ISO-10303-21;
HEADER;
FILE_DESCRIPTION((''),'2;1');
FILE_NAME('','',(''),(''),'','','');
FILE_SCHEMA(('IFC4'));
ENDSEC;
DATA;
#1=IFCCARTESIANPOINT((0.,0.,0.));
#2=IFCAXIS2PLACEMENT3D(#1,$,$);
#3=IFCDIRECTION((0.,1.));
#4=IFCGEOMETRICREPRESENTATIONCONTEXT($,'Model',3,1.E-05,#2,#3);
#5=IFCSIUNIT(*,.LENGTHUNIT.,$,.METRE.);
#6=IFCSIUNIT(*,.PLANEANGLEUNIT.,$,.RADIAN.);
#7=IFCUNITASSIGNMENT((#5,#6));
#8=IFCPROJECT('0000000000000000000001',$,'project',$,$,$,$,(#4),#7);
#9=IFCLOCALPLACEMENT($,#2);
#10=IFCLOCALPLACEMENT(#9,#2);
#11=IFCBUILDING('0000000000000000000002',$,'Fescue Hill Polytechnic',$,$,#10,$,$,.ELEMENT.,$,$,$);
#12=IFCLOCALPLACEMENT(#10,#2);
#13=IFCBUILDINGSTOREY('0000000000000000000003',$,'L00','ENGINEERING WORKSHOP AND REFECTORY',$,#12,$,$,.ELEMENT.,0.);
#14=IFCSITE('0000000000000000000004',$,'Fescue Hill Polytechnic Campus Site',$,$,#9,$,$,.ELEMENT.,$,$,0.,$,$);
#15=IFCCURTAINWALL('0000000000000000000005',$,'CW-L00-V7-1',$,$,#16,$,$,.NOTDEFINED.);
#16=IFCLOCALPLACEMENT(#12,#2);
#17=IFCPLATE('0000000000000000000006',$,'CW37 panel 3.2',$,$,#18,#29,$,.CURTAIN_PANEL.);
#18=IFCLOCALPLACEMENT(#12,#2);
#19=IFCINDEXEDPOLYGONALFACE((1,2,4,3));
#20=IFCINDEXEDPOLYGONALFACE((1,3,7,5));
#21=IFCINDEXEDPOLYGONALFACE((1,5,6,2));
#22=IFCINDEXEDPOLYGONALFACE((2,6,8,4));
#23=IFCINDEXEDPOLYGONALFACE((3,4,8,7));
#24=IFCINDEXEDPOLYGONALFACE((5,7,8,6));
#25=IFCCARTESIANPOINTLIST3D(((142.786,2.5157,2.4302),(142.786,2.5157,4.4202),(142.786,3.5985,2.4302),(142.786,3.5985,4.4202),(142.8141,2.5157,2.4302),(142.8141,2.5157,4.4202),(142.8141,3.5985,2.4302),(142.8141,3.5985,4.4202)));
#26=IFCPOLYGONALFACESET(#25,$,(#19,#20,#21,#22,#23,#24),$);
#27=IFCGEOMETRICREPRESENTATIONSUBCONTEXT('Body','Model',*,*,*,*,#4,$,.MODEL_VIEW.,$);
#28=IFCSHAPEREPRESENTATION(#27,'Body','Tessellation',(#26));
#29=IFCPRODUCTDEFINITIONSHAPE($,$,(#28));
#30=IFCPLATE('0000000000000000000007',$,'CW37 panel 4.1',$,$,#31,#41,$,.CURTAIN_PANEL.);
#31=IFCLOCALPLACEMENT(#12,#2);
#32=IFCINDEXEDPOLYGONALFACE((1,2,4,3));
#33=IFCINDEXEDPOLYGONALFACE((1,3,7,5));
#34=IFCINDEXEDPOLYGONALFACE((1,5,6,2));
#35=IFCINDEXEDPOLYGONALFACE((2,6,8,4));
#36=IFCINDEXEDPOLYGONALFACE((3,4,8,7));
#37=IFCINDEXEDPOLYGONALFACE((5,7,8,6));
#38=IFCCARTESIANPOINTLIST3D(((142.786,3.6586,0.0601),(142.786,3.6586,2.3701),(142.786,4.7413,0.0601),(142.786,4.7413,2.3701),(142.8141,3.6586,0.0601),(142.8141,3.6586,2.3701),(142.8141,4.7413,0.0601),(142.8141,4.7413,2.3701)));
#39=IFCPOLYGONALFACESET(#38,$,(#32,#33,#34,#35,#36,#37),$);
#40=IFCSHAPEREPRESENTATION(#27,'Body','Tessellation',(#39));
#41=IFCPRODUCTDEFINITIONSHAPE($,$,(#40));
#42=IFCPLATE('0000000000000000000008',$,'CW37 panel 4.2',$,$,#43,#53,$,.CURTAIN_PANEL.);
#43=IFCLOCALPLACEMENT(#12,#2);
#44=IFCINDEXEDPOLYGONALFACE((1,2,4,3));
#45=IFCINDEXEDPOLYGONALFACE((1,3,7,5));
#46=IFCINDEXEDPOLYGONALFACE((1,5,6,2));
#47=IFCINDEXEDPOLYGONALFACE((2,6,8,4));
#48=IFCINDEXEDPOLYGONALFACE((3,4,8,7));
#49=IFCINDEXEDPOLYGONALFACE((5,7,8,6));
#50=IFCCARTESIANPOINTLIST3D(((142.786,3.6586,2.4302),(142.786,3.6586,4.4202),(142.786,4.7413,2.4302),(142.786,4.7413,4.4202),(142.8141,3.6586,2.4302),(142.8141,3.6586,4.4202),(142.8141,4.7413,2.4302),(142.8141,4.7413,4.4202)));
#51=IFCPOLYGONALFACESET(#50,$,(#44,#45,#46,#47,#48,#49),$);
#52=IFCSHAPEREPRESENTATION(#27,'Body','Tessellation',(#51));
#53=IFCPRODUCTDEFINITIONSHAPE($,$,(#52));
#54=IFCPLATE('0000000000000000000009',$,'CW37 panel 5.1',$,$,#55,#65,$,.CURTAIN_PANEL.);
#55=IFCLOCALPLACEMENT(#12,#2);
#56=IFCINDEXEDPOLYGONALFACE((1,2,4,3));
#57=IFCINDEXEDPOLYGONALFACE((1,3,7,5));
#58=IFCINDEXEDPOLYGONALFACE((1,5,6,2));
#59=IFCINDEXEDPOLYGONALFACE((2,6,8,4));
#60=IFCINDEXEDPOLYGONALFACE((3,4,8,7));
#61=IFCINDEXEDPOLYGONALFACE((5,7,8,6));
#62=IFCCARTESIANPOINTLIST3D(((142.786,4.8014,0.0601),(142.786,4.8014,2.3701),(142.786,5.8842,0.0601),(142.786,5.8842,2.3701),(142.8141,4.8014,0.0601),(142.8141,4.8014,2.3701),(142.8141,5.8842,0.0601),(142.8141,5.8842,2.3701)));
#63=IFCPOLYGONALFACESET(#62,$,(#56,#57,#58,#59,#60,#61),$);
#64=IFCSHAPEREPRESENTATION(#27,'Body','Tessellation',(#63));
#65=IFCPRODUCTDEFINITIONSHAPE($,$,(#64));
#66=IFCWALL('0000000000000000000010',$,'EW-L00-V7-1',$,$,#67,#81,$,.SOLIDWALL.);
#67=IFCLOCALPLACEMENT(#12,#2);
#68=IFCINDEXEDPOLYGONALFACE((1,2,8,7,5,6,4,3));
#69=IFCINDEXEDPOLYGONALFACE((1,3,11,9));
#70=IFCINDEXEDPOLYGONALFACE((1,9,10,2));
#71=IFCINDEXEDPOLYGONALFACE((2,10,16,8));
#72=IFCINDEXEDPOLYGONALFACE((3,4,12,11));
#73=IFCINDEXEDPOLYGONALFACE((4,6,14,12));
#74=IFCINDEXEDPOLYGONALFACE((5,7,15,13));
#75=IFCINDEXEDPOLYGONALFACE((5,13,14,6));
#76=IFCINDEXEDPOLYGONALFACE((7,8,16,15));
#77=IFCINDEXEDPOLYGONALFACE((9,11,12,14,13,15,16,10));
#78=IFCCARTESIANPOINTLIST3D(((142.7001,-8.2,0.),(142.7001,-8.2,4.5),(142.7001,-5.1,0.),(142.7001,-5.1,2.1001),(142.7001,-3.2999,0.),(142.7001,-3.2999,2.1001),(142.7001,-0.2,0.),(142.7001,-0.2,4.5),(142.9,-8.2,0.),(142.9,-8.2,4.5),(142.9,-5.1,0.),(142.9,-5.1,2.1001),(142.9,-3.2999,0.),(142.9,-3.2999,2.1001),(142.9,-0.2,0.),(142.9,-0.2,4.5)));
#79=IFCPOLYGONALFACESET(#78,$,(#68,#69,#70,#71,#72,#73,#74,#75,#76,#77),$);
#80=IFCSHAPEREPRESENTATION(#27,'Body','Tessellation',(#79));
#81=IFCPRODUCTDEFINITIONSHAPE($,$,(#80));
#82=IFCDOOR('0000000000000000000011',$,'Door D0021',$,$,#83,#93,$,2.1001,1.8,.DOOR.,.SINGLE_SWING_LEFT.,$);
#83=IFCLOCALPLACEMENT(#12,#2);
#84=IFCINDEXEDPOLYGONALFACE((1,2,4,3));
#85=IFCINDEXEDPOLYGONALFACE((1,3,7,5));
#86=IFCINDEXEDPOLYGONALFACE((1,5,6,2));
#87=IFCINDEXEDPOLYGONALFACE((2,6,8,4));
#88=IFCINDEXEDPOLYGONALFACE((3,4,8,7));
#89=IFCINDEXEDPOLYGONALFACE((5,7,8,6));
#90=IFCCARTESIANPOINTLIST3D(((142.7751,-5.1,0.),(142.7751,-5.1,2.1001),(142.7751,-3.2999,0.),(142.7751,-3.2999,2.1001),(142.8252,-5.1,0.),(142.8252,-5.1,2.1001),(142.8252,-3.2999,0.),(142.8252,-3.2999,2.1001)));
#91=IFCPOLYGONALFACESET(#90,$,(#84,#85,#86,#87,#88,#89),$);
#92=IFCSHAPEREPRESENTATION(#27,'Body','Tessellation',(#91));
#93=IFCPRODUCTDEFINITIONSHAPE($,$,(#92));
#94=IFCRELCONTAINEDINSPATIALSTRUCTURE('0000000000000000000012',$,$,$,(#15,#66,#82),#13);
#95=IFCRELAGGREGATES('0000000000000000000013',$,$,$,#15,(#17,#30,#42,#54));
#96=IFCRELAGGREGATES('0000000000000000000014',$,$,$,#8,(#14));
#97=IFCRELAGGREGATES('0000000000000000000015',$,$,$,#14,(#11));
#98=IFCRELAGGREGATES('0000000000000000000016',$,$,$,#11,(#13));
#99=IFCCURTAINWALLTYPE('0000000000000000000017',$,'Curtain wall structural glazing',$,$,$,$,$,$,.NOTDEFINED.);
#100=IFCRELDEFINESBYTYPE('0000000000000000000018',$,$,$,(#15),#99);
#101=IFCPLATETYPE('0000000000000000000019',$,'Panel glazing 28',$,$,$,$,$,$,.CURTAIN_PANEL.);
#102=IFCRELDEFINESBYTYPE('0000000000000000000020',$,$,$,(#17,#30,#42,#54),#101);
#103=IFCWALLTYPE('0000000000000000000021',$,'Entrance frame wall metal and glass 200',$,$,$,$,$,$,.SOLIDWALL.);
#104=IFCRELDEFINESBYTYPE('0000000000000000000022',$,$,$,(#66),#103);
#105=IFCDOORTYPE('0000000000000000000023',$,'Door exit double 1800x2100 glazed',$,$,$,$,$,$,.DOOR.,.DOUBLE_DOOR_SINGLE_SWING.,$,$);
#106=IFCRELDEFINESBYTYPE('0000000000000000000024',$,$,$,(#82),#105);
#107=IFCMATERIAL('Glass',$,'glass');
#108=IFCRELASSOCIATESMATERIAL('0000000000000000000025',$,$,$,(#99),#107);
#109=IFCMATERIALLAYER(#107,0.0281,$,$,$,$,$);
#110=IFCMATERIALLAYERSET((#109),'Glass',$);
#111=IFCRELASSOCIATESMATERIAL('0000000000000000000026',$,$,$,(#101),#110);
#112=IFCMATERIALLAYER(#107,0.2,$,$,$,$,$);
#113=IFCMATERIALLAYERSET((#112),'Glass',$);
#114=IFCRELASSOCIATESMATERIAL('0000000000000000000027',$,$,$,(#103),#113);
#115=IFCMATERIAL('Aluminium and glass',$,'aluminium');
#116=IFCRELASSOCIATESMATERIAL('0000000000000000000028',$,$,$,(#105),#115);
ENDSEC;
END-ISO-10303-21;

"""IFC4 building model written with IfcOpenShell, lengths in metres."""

from ifc_helpers import new_model, si_unit, direction, frame, frame_2d, origin, origin_2d, place, context, subcontext, project, spatial, rectangle, extrude, material, layer, layer_set, type_object, element, fill, aggregate, save


model = new_model("IFC4")

# Units and contexts
model_context = context("Model", 3, precision=1e-05, world=origin(), true_north=direction((0.0, 1.0)))
body_context = subcontext(model_context, "Body", "Model", "MODEL_VIEW")
ifc_project = project(units=[si_unit("LENGTHUNIT", "METRE"), si_unit("PLANEANGLEUNIT", "RADIAN")], contexts=[model_context])

# Site, building, storey
site_placement = place(None, origin())
site = spatial("IfcSite", under=ifc_project, at=site_placement, Name="Fescue Hill Polytechnic Campus Site", CompositionType="ELEMENT", RefElevation=0.0)
building_placement = place(site_placement, origin())
building = spatial("IfcBuilding", under=site, at=building_placement, Name="Fescue Hill Polytechnic", CompositionType="ELEMENT")
storey_placement = place(building_placement, origin())
storey = spatial("IfcBuildingStorey", under=building, at=storey_placement, Name="L00", Description="ENGINEERING WORKSHOP AND REFECTORY", CompositionType="ELEMENT", Elevation=0.0)

# Curtain wall
ifc_material_1 = material(Name="Glass", Category="glass")
curtain_wall_type_1 = type_object("IfcCurtainWallType", Name="Curtain wall structural glazing", PredefinedType="NOTDEFINED", material=ifc_material_1)
curtain_wall_1_placement = place(storey_placement, origin())
curtain_wall_1 = element("IfcCurtainWall", 1, at=curtain_wall_1_placement, inside=storey, type_object=curtain_wall_type_1, Name="CW-L00-V7-1", PredefinedType="NOTDEFINED")

# Plates
ifc_layer_1 = layer(ifc_material_1, 0.0281)
ifc_layer_set_1 = layer_set([ifc_layer_1], Name="Glass")
plate_type = type_object("IfcPlateType", Name="Panel glazing 28", PredefinedType="CURTAIN_PANEL", material=ifc_layer_set_1)
plate_1_placement = place(storey_placement, frame((142.8, 3.0571, 2.4302), z_axis=(0.0, 0.0, 1.0), x_axis=(0.0, 1.0, 0.0)))
plate_1 = element("IfcPlate", 2, at=plate_1_placement, type_object=plate_type, Name="CW37 panel 3.2", PredefinedType="CURTAIN_PANEL", context=body_context, shape_type="SweptSolid", body=[
    extrude(rectangle(XDim=1.0828, YDim=0.0281, at=origin_2d()), origin(), (0.0, 0.0, 1.0), 1.99),
])
plate_2_placement = place(storey_placement, frame((142.8, 4.2, 0.0601), z_axis=(0.0, 0.0, 1.0), x_axis=(0.0, 1.0, 0.0)))
plate_2 = element("IfcPlate", 3, at=plate_2_placement, type_object=plate_type, Name="CW37 panel 4.1", PredefinedType="CURTAIN_PANEL", context=body_context, shape_type="SweptSolid", body=[
    extrude(rectangle(XDim=1.0828, YDim=0.0281, at=origin_2d()), origin(), (0.0, 0.0, 1.0), 2.3101),
])
plate_3_placement = place(storey_placement, frame((142.8, 4.2, 2.4302), z_axis=(0.0, 0.0, 1.0), x_axis=(0.0, 1.0, 0.0)))
plate_3 = element("IfcPlate", 4, at=plate_3_placement, type_object=plate_type, Name="CW37 panel 4.2", PredefinedType="CURTAIN_PANEL", context=body_context, shape_type="SweptSolid", body=[
    extrude(rectangle(XDim=1.0828, YDim=0.0281, at=origin_2d()), origin(), (0.0, 0.0, 1.0), 1.99),
])
plate_4_placement = place(storey_placement, frame((142.8, 5.3428, 0.0601), z_axis=(0.0, 0.0, 1.0), x_axis=(0.0, 1.0, 0.0)))
plate_4 = element("IfcPlate", 5, at=plate_4_placement, type_object=plate_type, Name="CW37 panel 5.1", PredefinedType="CURTAIN_PANEL", context=body_context, shape_type="SweptSolid", body=[
    extrude(rectangle(XDim=1.0828, YDim=0.0281, at=origin_2d()), origin(), (0.0, 0.0, 1.0), 2.3101),
])
aggregate(curtain_wall_1, [plate_1, plate_2, plate_3, plate_4])

# Wall, opening, door
ifc_layer_2 = layer(ifc_material_1, 0.2)
ifc_layer_set_2 = layer_set([ifc_layer_2], Name="Glass")
wall_type = type_object("IfcWallType", Name="Entrance frame wall metal and glass 200", PredefinedType="SOLIDWALL", material=ifc_layer_set_2)
wall_placement = place(storey_placement, frame((142.8, -8.2, 0.0), z_axis=(0.0, 0.0, 1.0), x_axis=(0.0, 1.0, 0.0)))
wall = element("IfcWall", 6, at=wall_placement, inside=storey, type_object=wall_type, Name="EW-L00-V7-1", PredefinedType="SOLIDWALL", context=body_context, shape_type="SweptSolid", body=[
    extrude(rectangle(XDim=8.0, YDim=0.2, at=frame_2d((4.0, 0.0))), origin(), (0.0, 0.0, 1.0), 4.5),
])
opening_placement = place(wall_placement, frame((3.1001, 0.0, 0.0)))
opening = element("IfcOpeningElement", 7, at=opening_placement, cuts=wall, PredefinedType="OPENING", context=body_context, shape_type="SweptSolid", body=[
    extrude(rectangle(XDim=1.8, YDim=2.1001, at=frame_2d((0.8999, 1.05))), frame((0.0, 0.1099, 0.0), z_axis=(0.0, -1.0, 0.0), x_axis=(1.0, 0.0, 0.0)), (0.0, 0.0, 1.0), 0.22),
])
ifc_material_2 = material(Name="Aluminium and glass", Category="aluminium")
door_type = type_object("IfcDoorType", Name="Door exit double 1800x2100 glazed", OperationType="DOUBLE_DOOR_SINGLE_SWING", PredefinedType="DOOR", material=ifc_material_2)
door_placement = place(opening_placement, origin())
door = element("IfcDoor", 8, at=door_placement, inside=storey, type_object=door_type, Name="Door D0021", OperationType="SINGLE_SWING_LEFT", OverallHeight=2.1001, OverallWidth=1.8, PredefinedType="DOOR", context=body_context, shape_type="SweptSolid", body=[
    extrude(rectangle(XDim=1.8, YDim=2.1001, at=frame_2d((0.8999, 1.05))), frame((0.0, 0.0249, 0.0), z_axis=(0.0, -1.0, 0.0), x_axis=(1.0, 0.0, 0.0)), (0.0, 0.0, 1.0), 0.05),
])
fill(opening, door)

save(model, "model.ifc")
